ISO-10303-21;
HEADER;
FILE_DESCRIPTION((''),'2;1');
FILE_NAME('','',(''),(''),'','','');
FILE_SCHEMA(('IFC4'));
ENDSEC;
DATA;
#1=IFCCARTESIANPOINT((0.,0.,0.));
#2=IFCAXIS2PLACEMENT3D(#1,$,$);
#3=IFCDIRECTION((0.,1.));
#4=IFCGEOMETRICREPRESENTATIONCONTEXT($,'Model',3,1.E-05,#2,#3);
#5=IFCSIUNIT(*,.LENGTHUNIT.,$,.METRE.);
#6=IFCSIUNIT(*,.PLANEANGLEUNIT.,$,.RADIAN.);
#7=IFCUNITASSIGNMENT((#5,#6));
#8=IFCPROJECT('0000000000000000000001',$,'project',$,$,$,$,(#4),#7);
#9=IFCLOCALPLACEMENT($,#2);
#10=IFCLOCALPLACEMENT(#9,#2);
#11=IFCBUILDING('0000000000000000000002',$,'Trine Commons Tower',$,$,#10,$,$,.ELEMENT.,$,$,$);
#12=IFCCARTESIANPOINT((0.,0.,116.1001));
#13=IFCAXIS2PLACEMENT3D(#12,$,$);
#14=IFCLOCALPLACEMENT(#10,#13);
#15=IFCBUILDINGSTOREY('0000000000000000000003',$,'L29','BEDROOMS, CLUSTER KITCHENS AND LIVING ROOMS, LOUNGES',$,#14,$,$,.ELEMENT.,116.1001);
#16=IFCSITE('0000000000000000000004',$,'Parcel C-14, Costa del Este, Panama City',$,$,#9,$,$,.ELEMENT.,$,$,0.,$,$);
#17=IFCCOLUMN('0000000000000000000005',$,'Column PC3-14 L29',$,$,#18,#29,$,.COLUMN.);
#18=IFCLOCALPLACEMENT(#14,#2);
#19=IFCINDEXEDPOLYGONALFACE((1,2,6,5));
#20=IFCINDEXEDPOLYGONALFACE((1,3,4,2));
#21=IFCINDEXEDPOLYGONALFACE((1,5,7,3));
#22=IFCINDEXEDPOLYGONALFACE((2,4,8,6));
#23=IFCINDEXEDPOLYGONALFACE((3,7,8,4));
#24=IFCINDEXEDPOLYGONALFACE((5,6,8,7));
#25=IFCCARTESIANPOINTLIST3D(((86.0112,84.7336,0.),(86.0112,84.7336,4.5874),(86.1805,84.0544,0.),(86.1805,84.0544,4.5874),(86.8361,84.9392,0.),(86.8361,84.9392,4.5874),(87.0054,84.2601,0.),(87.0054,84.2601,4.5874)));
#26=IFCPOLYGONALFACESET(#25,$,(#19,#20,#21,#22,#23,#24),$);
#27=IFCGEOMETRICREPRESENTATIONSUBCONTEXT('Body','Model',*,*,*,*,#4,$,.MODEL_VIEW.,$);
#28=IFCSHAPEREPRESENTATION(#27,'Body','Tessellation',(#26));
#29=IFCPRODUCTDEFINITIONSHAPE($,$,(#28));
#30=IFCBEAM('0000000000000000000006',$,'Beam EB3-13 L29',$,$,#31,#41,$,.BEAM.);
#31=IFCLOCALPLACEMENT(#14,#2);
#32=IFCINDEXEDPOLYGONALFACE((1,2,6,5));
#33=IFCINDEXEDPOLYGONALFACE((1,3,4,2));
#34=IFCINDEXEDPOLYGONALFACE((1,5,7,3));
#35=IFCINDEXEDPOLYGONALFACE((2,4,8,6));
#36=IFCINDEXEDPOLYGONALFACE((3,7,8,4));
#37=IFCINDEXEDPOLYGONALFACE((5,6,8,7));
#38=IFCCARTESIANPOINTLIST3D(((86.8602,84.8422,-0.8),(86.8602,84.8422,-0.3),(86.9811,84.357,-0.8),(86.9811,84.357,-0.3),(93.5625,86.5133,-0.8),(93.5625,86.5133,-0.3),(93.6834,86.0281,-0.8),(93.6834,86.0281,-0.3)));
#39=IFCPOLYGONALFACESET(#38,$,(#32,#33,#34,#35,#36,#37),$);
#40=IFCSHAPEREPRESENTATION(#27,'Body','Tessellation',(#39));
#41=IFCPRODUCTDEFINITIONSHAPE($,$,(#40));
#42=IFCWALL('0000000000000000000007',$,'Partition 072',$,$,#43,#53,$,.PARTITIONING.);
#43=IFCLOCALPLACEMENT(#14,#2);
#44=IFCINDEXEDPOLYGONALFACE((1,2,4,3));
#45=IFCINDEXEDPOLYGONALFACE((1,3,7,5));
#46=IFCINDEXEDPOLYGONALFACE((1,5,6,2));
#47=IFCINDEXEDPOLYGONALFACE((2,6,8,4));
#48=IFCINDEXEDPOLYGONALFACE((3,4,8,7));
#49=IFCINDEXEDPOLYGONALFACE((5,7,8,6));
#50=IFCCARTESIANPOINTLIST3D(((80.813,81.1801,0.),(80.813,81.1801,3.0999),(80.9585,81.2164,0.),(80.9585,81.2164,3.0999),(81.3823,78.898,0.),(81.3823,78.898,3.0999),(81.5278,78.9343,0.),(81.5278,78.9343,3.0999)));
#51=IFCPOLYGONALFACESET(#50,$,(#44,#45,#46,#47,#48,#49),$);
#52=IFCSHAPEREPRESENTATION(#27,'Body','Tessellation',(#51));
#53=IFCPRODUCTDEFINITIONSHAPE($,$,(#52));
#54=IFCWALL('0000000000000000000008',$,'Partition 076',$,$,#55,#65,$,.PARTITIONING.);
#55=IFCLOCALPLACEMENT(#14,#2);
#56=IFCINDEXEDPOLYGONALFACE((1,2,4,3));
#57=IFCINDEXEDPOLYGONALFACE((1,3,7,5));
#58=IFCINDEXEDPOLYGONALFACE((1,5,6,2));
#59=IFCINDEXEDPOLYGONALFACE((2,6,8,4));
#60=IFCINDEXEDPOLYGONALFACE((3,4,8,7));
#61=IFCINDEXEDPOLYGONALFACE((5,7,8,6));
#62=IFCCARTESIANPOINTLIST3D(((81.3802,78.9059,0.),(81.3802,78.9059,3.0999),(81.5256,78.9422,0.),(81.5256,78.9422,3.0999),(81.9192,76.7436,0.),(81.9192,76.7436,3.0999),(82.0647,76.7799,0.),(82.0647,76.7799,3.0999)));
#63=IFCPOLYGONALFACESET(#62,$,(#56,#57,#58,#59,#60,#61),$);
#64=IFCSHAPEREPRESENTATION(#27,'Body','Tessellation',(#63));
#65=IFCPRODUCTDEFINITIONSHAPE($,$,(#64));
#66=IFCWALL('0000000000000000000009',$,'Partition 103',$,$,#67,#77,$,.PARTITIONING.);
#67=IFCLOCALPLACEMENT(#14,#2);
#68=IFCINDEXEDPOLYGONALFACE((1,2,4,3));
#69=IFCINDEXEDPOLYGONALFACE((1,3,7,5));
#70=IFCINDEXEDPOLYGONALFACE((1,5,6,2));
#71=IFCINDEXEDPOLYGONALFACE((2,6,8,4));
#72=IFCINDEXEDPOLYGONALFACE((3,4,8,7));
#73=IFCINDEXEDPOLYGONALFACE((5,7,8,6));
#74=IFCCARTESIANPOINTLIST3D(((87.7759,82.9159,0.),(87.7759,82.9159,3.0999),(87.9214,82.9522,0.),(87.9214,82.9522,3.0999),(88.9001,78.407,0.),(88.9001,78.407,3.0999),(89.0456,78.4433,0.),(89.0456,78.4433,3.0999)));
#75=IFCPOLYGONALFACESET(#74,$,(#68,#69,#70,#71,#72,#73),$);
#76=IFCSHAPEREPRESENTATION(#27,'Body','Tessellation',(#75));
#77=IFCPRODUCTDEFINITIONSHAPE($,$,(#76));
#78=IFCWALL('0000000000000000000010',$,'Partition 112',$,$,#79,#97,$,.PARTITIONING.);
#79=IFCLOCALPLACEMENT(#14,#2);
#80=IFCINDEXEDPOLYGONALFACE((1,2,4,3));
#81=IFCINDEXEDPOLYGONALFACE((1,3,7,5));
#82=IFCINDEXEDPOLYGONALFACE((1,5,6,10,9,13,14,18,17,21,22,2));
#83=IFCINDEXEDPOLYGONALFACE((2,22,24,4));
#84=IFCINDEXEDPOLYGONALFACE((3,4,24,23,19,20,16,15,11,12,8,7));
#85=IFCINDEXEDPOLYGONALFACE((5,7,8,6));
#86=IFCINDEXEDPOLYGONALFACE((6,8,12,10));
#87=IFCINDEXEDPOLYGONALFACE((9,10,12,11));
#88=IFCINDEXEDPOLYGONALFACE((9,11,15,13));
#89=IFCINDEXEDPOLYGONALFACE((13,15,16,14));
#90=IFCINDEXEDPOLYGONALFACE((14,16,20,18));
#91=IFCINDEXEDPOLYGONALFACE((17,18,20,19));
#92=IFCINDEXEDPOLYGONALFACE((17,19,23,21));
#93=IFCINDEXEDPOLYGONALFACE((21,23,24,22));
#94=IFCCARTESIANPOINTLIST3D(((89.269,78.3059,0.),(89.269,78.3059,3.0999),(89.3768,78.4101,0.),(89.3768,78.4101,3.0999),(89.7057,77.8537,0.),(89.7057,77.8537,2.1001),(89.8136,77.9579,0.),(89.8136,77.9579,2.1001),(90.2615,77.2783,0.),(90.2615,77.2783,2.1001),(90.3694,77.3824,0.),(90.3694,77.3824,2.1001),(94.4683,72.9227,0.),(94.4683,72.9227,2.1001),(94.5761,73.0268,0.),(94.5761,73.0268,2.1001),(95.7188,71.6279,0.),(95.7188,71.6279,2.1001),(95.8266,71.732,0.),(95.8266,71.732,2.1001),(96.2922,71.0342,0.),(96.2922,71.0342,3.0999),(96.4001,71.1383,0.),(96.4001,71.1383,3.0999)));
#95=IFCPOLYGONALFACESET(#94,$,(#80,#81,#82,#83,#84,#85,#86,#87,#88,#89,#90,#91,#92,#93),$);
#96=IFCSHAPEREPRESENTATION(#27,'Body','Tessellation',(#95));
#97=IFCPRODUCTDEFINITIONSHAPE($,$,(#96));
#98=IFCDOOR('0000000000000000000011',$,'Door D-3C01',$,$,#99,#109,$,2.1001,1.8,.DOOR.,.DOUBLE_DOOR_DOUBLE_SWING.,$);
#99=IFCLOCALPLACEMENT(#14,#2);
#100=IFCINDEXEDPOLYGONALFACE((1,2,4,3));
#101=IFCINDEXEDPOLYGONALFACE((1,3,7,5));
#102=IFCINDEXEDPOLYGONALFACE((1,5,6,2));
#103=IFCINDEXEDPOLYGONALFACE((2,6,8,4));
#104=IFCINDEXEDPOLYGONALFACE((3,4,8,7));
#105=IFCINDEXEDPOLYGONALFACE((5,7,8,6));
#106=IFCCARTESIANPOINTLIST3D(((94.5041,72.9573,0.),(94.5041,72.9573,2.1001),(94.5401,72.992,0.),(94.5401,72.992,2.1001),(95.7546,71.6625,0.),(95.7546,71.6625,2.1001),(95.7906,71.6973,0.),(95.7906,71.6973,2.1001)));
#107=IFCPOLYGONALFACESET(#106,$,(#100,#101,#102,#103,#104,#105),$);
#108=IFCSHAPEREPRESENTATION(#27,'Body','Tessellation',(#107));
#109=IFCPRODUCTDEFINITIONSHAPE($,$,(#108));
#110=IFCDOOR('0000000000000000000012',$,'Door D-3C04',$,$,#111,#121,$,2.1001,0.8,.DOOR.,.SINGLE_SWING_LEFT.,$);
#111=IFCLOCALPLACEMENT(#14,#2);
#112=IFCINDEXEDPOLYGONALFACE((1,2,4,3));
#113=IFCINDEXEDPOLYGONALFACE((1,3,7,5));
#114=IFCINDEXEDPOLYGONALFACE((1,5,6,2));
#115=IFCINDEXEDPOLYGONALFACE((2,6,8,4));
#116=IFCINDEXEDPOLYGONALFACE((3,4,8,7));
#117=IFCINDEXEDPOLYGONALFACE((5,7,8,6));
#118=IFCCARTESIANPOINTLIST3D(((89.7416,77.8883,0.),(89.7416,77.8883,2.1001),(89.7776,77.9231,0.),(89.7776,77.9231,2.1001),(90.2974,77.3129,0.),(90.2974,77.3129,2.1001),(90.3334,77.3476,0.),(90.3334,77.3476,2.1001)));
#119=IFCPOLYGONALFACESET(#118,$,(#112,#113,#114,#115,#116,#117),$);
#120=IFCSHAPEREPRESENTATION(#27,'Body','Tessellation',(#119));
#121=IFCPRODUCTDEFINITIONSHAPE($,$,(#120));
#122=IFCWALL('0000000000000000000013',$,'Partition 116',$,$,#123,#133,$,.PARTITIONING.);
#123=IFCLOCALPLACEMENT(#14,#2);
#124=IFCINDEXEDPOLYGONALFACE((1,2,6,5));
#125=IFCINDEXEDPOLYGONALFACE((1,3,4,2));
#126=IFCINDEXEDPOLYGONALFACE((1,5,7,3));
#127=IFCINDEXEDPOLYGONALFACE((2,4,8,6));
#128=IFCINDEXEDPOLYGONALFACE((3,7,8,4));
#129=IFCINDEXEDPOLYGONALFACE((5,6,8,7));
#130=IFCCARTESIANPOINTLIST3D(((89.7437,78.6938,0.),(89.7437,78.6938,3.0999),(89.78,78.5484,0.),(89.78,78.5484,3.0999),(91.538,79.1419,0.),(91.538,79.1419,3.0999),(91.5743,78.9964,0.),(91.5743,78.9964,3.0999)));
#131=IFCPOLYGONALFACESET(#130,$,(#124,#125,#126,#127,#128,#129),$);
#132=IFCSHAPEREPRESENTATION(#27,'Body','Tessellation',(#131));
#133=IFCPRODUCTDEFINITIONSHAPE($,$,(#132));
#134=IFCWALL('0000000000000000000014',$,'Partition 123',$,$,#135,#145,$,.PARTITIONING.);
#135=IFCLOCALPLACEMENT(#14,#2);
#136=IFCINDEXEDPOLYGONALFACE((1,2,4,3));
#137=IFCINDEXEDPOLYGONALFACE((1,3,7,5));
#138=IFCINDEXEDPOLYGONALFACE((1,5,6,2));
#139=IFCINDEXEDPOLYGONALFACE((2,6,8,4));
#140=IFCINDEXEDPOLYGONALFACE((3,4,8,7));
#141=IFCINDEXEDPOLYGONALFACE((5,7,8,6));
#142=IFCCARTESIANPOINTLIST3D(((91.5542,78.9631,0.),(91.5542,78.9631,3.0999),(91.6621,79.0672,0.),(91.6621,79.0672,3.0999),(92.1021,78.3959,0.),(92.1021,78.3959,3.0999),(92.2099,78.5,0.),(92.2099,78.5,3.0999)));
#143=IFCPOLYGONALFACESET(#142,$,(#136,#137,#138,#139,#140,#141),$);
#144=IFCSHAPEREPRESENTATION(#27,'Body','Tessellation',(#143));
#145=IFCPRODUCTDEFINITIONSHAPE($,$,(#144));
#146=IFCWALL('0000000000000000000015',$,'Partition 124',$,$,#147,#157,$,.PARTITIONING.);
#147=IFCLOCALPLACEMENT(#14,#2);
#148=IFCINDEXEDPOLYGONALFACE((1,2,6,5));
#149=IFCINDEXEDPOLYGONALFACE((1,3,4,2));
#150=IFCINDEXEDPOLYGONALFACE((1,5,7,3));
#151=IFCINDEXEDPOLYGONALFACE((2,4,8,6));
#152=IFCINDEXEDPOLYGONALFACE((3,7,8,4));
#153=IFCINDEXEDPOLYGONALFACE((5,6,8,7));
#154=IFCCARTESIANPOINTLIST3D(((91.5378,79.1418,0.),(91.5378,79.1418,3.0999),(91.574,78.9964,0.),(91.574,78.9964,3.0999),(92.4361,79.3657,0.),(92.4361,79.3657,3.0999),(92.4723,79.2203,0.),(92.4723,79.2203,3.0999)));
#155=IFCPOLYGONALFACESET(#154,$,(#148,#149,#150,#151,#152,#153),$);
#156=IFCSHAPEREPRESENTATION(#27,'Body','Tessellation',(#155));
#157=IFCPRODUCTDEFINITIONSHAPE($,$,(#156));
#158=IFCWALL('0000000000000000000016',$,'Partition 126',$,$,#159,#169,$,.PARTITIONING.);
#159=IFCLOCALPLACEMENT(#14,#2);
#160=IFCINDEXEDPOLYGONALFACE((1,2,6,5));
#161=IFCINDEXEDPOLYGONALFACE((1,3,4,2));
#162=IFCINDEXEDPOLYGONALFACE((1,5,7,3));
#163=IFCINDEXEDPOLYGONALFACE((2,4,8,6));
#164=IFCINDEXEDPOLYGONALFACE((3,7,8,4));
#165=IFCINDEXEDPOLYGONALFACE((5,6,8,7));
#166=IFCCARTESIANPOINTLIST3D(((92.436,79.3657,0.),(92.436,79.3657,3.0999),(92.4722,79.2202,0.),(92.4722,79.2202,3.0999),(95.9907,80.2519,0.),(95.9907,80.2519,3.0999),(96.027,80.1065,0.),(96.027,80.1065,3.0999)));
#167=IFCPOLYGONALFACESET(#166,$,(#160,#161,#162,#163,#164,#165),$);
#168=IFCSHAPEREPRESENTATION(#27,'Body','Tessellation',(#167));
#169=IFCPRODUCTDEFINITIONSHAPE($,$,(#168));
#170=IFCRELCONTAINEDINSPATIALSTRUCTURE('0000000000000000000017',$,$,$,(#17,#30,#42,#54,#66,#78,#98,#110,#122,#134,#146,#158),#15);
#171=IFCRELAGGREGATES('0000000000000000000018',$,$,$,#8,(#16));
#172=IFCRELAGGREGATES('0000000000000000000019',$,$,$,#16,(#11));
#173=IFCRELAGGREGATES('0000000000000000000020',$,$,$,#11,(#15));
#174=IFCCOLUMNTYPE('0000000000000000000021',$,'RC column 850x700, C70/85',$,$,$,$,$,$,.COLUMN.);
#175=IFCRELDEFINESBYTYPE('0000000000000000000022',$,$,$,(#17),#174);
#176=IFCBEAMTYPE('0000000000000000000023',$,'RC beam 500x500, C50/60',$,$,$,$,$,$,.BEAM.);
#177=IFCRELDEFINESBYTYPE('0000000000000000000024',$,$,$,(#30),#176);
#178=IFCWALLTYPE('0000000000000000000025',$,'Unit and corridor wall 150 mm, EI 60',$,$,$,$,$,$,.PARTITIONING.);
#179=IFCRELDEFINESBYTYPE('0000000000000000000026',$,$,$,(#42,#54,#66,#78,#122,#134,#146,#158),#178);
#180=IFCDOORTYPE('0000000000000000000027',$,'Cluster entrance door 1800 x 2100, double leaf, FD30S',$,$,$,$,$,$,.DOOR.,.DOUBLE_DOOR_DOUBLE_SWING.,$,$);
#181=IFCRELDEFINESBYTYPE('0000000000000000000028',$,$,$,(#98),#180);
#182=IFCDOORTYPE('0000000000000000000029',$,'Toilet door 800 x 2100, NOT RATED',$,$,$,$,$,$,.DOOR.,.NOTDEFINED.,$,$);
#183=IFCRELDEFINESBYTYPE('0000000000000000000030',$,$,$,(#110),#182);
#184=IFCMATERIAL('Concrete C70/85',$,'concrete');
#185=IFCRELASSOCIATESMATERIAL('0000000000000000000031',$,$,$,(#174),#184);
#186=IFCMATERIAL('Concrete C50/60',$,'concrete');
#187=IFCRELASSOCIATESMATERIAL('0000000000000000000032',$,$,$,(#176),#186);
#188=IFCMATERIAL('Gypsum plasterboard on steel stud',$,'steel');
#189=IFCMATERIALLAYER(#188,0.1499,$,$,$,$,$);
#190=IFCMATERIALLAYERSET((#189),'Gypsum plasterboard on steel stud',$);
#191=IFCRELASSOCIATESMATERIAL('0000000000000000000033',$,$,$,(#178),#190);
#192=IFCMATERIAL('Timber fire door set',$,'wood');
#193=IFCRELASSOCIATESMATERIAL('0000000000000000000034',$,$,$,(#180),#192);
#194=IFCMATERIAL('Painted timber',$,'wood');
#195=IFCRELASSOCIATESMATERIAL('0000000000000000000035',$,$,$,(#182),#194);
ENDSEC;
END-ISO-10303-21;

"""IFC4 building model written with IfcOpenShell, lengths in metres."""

from ifc_helpers import new_model, si_unit, direction, frame, frame_2d, origin, origin_2d, place, context, subcontext, project, spatial, rectangle, extrude, material, layer, layer_set, material_profile, profile_set, type_object, element, fill, save


model = new_model("IFC4")

# Units and contexts
model_context = context("Model", 3, precision=1e-05, world=origin(), true_north=direction((0.0, 1.0)))
body_context = subcontext(model_context, "Body", "Model", "MODEL_VIEW")
ifc_project = project(units=[si_unit("LENGTHUNIT", "METRE"), si_unit("PLANEANGLEUNIT", "RADIAN")], contexts=[model_context])

# Site, building, storey
site_placement = place(None, origin())
site = spatial("IfcSite", under=ifc_project, at=site_placement, Name="Parcel C-14, Costa del Este, Panama City", CompositionType="ELEMENT", RefElevation=0.0)
building_placement = place(site_placement, origin())
building = spatial("IfcBuilding", under=site, at=building_placement, Name="Trine Commons Tower", CompositionType="ELEMENT")
storey_placement = place(building_placement, frame((0.0, 0.0, 116.1001)))
storey = spatial("IfcBuildingStorey", under=building, at=storey_placement, Name="L29", Description="BEDROOMS, CLUSTER KITCHENS AND LIVING ROOMS, LOUNGES", CompositionType="ELEMENT", Elevation=116.1001)

# Column
ifc_material_1 = material(Name="Concrete C70/85", Category="concrete")
ifc_material_profile_1 = material_profile(ifc_material_1, rectangle(XDim=0.8501, YDim=0.7, at=origin_2d()), Name="RC 850x700")
ifc_profile_set_1 = profile_set([ifc_material_profile_1], Name="Concrete C70/85")
column_type = type_object("IfcColumnType", Name="RC column 850x700, C70/85", PredefinedType="COLUMN", material=ifc_profile_set_1)
column_placement = place(storey_placement, frame((86.5083, 84.4968, 0.0), z_axis=(0.0, 0.0, 1.0), x_axis=(0.970296, 0.241922, 0.0)))
element("IfcColumn", 1, at=column_placement, inside=storey, type_object=column_type, Name="Column PC3-14 L29", PredefinedType="COLUMN", context=body_context, shape_type="SweptSolid", body=[
    extrude(rectangle(XDim=0.8501, YDim=0.7, at=origin_2d()), origin(), (0.0, 0.0, 1.0), 4.5874),
])

# Beam
ifc_material_2 = material(Name="Concrete C50/60", Category="concrete")
ifc_material_profile_2 = material_profile(ifc_material_2, rectangle(XDim=0.5, YDim=0.5, at=origin_2d()), Name="RC 500x500")
ifc_profile_set_2 = profile_set([ifc_material_profile_2], Name="Concrete C50/60")
beam_type = type_object("IfcBeamType", Name="RC beam 500x500, C50/60", PredefinedType="BEAM", material=ifc_profile_set_2)
beam_placement = place(storey_placement, frame((86.9207, 84.5996, -0.55), z_axis=(0.970294, 0.241928, 0.0), x_axis=(-0.241928, 0.970294, 0.0)))
element("IfcBeam", 2, at=beam_placement, inside=storey, type_object=beam_type, Name="Beam EB3-13 L29", PredefinedType="BEAM", context=body_context, shape_type="SweptSolid", body=[
    extrude(rectangle(XDim=0.5, YDim=0.5, at=origin_2d()), origin(), (0.0, 0.0, 1.0), 6.9075),
])

# Walls
ifc_material_3 = material(Name="Gypsum plasterboard on steel stud", Category="steel")
ifc_layer_1 = layer(ifc_material_3, 0.1499)
ifc_layer_set_1 = layer_set([ifc_layer_1], Name="Gypsum plasterboard on steel stud")
wall_type_1 = type_object("IfcWallType", Name="Unit and corridor wall 150 mm, EI 60", PredefinedType="PARTITIONING", material=ifc_layer_set_1)
wall_1_placement = place(storey_placement, frame((80.8857, 81.1982, 0.0), z_axis=(0.0, 0.0, 1.0), x_axis=(0.242047, -0.970264, 0.0)))
element("IfcWall", 3, at=wall_1_placement, inside=storey, type_object=wall_type_1, Name="Partition 072", PredefinedType="PARTITIONING", context=body_context, shape_type="SweptSolid", body=[
    extrude(rectangle(XDim=2.3521, YDim=0.1499, at=frame_2d((1.176, 0.0))), origin(), (0.0, 0.0, 1.0), 3.0999),
])
wall_2_placement = place(storey_placement, frame((81.4529, 78.9241, 0.0), z_axis=(0.0, 0.0, 1.0), x_axis=(0.241891, -0.970303, 0.0)))
element("IfcWall", 4, at=wall_2_placement, inside=storey, type_object=wall_type_1, Name="Partition 076", PredefinedType="PARTITIONING", context=body_context, shape_type="SweptSolid", body=[
    extrude(rectangle(XDim=2.2285, YDim=0.1499, at=frame_2d((1.1143, 0.0))), origin(), (0.0, 0.0, 1.0), 3.0999),
])
wall_3_placement = place(storey_placement, frame((87.8486, 82.9341, 0.0), z_axis=(0.0, 0.0, 1.0), x_axis=(0.24193, -0.970294, 0.0)))
element("IfcWall", 5, at=wall_3_placement, inside=storey, type_object=wall_type_1, Name="Partition 103", PredefinedType="PARTITIONING", context=body_context, shape_type="SweptSolid", body=[
    extrude(rectangle(XDim=4.647, YDim=0.1499, at=frame_2d((2.3235, 0.0))), origin(), (0.0, 0.0, 1.0), 3.0999),
])

# Wall, openings, doors
wall_4_placement = place(storey_placement, frame((89.323, 78.3579, 0.0), z_axis=(0.0, 0.0, 1.0), x_axis=(0.694708, -0.719292, 0.0)))
wall_4 = element("IfcWall", 6, at=wall_4_placement, inside=storey, type_object=wall_type_1, Name="Partition 112", PredefinedType="PARTITIONING", context=body_context, shape_type="SweptSolid", body=[
    extrude(rectangle(XDim=10.1096, YDim=0.1499, at=frame_2d((5.0547, 0.0))), origin(), (0.0, 0.0, 1.0), 3.0999),
])
opening_1_placement = place(wall_4_placement, frame((7.4841, 0.0, 0.0)))
opening_1 = element("IfcOpeningElement", 7, at=opening_1_placement, cuts=wall_4, PredefinedType="OPENING", context=body_context, shape_type="SweptSolid", body=[
    extrude(rectangle(XDim=1.8, YDim=2.1001, at=frame_2d((0.8999, 1.05))), frame((0.0, 0.085, 0.0), z_axis=(0.0, -1.0, 0.0), x_axis=(1.0, 0.0, 0.0)), (0.0, 0.0, 1.0), 0.1699),
])
opening_2_placement = place(wall_4_placement, frame((0.6287, 0.0, 0.0)))
opening_2 = element("IfcOpeningElement", 8, at=opening_2_placement, cuts=wall_4, PredefinedType="OPENING", context=body_context, shape_type="SweptSolid", body=[
    extrude(rectangle(XDim=0.8, YDim=2.1001, at=frame_2d((0.3999, 1.05))), frame((0.0, 0.085, 0.0), z_axis=(0.0, -1.0, 0.0), x_axis=(1.0, 0.0, 0.0)), (0.0, 0.0, 1.0), 0.1699),
])
ifc_material_4 = material(Name="Timber fire door set", Category="wood")
door_type_1 = type_object("IfcDoorType", Name="Cluster entrance door 1800 x 2100, double leaf, FD30S", OperationType="DOUBLE_DOOR_DOUBLE_SWING", PredefinedType="DOOR", material=ifc_material_4)
door_1_placement = place(opening_1_placement, origin())
door_1 = element("IfcDoor", 9, at=door_1_placement, inside=storey, type_object=door_type_1, Name="Door D-3C01", OperationType="DOUBLE_DOOR_DOUBLE_SWING", OverallHeight=2.1001, OverallWidth=1.8, PredefinedType="DOOR", context=body_context, shape_type="SweptSolid", body=[
    extrude(rectangle(XDim=1.8, YDim=2.1001, at=frame_2d((0.8999, 1.05))), frame((0.0, 0.0249, 0.0), z_axis=(0.0, -1.0, 0.0), x_axis=(1.0, 0.0, 0.0)), (0.0, 0.0, 1.0), 0.05),
])
fill(opening_1, door_1)
ifc_material_5 = material(Name="Painted timber", Category="wood")
door_type_2 = type_object("IfcDoorType", Name="Toilet door 800 x 2100, NOT RATED", OperationType="NOTDEFINED", PredefinedType="DOOR", material=ifc_material_5)
door_2_placement = place(opening_2_placement, origin())
door_2 = element("IfcDoor", 10, at=door_2_placement, inside=storey, type_object=door_type_2, Name="Door D-3C04", OperationType="SINGLE_SWING_LEFT", OverallHeight=2.1001, OverallWidth=0.8, PredefinedType="DOOR", context=body_context, shape_type="SweptSolid", body=[
    extrude(rectangle(XDim=0.8, YDim=2.1001, at=frame_2d((0.3999, 1.05))), frame((0.0, 0.0249, 0.0), z_axis=(0.0, -1.0, 0.0), x_axis=(1.0, 0.0, 0.0)), (0.0, 0.0, 1.0), 0.05),
])
fill(opening_2, door_2)

# Walls
wall_5_placement = place(storey_placement, frame((89.7617, 78.6211, 0.0), z_axis=(0.0, 0.0, 1.0), x_axis=(0.970212, 0.242256, 0.0)))
element("IfcWall", 11, at=wall_5_placement, inside=storey, type_object=wall_type_1, Name="Partition 116", PredefinedType="PARTITIONING", context=body_context, shape_type="SweptSolid", body=[
    extrude(rectangle(XDim=1.8494, YDim=0.1499, at=frame_2d((0.9248, 0.0))), origin(), (0.0, 0.0, 1.0), 3.0999),
])
wall_6_placement = place(storey_placement, frame((91.6082, 79.0151, 0.0), z_axis=(0.0, 0.0, 1.0), x_axis=(0.694771, -0.719231, 0.0)))
element("IfcWall", 12, at=wall_6_placement, inside=storey, type_object=wall_type_1, Name="Partition 123", PredefinedType="PARTITIONING", context=body_context, shape_type="SweptSolid", body=[
    extrude(rectangle(XDim=0.7886, YDim=0.1499, at=frame_2d((0.3943, 0.0))), origin(), (0.0, 0.0, 1.0), 3.0999),
])
wall_7_placement = place(storey_placement, frame((91.5559, 79.0691, 0.0), z_axis=(0.0, 0.0, 1.0), x_axis=(0.970313, 0.241853, 0.0)))
element("IfcWall", 13, at=wall_7_placement, inside=storey, type_object=wall_type_1, Name="Partition 124", PredefinedType="PARTITIONING", context=body_context, shape_type="SweptSolid", body=[
    extrude(rectangle(XDim=0.9258, YDim=0.1499, at=frame_2d((0.4629, 0.0))), origin(), (0.0, 0.0, 1.0), 3.0999),
])
wall_8_placement = place(storey_placement, frame((92.4541, 79.293, 0.0), z_axis=(0.0, 0.0, 1.0), x_axis=(0.970299, 0.241908, 0.0)))
element("IfcWall", 14, at=wall_8_placement, inside=storey, type_object=wall_type_1, Name="Partition 126", PredefinedType="PARTITIONING", context=body_context, shape_type="SweptSolid", body=[
    extrude(rectangle(XDim=3.6636, YDim=0.1499, at=frame_2d((1.8318, 0.0))), origin(), (0.0, 0.0, 1.0), 3.0999),
])

save(model, "model.ifc")
